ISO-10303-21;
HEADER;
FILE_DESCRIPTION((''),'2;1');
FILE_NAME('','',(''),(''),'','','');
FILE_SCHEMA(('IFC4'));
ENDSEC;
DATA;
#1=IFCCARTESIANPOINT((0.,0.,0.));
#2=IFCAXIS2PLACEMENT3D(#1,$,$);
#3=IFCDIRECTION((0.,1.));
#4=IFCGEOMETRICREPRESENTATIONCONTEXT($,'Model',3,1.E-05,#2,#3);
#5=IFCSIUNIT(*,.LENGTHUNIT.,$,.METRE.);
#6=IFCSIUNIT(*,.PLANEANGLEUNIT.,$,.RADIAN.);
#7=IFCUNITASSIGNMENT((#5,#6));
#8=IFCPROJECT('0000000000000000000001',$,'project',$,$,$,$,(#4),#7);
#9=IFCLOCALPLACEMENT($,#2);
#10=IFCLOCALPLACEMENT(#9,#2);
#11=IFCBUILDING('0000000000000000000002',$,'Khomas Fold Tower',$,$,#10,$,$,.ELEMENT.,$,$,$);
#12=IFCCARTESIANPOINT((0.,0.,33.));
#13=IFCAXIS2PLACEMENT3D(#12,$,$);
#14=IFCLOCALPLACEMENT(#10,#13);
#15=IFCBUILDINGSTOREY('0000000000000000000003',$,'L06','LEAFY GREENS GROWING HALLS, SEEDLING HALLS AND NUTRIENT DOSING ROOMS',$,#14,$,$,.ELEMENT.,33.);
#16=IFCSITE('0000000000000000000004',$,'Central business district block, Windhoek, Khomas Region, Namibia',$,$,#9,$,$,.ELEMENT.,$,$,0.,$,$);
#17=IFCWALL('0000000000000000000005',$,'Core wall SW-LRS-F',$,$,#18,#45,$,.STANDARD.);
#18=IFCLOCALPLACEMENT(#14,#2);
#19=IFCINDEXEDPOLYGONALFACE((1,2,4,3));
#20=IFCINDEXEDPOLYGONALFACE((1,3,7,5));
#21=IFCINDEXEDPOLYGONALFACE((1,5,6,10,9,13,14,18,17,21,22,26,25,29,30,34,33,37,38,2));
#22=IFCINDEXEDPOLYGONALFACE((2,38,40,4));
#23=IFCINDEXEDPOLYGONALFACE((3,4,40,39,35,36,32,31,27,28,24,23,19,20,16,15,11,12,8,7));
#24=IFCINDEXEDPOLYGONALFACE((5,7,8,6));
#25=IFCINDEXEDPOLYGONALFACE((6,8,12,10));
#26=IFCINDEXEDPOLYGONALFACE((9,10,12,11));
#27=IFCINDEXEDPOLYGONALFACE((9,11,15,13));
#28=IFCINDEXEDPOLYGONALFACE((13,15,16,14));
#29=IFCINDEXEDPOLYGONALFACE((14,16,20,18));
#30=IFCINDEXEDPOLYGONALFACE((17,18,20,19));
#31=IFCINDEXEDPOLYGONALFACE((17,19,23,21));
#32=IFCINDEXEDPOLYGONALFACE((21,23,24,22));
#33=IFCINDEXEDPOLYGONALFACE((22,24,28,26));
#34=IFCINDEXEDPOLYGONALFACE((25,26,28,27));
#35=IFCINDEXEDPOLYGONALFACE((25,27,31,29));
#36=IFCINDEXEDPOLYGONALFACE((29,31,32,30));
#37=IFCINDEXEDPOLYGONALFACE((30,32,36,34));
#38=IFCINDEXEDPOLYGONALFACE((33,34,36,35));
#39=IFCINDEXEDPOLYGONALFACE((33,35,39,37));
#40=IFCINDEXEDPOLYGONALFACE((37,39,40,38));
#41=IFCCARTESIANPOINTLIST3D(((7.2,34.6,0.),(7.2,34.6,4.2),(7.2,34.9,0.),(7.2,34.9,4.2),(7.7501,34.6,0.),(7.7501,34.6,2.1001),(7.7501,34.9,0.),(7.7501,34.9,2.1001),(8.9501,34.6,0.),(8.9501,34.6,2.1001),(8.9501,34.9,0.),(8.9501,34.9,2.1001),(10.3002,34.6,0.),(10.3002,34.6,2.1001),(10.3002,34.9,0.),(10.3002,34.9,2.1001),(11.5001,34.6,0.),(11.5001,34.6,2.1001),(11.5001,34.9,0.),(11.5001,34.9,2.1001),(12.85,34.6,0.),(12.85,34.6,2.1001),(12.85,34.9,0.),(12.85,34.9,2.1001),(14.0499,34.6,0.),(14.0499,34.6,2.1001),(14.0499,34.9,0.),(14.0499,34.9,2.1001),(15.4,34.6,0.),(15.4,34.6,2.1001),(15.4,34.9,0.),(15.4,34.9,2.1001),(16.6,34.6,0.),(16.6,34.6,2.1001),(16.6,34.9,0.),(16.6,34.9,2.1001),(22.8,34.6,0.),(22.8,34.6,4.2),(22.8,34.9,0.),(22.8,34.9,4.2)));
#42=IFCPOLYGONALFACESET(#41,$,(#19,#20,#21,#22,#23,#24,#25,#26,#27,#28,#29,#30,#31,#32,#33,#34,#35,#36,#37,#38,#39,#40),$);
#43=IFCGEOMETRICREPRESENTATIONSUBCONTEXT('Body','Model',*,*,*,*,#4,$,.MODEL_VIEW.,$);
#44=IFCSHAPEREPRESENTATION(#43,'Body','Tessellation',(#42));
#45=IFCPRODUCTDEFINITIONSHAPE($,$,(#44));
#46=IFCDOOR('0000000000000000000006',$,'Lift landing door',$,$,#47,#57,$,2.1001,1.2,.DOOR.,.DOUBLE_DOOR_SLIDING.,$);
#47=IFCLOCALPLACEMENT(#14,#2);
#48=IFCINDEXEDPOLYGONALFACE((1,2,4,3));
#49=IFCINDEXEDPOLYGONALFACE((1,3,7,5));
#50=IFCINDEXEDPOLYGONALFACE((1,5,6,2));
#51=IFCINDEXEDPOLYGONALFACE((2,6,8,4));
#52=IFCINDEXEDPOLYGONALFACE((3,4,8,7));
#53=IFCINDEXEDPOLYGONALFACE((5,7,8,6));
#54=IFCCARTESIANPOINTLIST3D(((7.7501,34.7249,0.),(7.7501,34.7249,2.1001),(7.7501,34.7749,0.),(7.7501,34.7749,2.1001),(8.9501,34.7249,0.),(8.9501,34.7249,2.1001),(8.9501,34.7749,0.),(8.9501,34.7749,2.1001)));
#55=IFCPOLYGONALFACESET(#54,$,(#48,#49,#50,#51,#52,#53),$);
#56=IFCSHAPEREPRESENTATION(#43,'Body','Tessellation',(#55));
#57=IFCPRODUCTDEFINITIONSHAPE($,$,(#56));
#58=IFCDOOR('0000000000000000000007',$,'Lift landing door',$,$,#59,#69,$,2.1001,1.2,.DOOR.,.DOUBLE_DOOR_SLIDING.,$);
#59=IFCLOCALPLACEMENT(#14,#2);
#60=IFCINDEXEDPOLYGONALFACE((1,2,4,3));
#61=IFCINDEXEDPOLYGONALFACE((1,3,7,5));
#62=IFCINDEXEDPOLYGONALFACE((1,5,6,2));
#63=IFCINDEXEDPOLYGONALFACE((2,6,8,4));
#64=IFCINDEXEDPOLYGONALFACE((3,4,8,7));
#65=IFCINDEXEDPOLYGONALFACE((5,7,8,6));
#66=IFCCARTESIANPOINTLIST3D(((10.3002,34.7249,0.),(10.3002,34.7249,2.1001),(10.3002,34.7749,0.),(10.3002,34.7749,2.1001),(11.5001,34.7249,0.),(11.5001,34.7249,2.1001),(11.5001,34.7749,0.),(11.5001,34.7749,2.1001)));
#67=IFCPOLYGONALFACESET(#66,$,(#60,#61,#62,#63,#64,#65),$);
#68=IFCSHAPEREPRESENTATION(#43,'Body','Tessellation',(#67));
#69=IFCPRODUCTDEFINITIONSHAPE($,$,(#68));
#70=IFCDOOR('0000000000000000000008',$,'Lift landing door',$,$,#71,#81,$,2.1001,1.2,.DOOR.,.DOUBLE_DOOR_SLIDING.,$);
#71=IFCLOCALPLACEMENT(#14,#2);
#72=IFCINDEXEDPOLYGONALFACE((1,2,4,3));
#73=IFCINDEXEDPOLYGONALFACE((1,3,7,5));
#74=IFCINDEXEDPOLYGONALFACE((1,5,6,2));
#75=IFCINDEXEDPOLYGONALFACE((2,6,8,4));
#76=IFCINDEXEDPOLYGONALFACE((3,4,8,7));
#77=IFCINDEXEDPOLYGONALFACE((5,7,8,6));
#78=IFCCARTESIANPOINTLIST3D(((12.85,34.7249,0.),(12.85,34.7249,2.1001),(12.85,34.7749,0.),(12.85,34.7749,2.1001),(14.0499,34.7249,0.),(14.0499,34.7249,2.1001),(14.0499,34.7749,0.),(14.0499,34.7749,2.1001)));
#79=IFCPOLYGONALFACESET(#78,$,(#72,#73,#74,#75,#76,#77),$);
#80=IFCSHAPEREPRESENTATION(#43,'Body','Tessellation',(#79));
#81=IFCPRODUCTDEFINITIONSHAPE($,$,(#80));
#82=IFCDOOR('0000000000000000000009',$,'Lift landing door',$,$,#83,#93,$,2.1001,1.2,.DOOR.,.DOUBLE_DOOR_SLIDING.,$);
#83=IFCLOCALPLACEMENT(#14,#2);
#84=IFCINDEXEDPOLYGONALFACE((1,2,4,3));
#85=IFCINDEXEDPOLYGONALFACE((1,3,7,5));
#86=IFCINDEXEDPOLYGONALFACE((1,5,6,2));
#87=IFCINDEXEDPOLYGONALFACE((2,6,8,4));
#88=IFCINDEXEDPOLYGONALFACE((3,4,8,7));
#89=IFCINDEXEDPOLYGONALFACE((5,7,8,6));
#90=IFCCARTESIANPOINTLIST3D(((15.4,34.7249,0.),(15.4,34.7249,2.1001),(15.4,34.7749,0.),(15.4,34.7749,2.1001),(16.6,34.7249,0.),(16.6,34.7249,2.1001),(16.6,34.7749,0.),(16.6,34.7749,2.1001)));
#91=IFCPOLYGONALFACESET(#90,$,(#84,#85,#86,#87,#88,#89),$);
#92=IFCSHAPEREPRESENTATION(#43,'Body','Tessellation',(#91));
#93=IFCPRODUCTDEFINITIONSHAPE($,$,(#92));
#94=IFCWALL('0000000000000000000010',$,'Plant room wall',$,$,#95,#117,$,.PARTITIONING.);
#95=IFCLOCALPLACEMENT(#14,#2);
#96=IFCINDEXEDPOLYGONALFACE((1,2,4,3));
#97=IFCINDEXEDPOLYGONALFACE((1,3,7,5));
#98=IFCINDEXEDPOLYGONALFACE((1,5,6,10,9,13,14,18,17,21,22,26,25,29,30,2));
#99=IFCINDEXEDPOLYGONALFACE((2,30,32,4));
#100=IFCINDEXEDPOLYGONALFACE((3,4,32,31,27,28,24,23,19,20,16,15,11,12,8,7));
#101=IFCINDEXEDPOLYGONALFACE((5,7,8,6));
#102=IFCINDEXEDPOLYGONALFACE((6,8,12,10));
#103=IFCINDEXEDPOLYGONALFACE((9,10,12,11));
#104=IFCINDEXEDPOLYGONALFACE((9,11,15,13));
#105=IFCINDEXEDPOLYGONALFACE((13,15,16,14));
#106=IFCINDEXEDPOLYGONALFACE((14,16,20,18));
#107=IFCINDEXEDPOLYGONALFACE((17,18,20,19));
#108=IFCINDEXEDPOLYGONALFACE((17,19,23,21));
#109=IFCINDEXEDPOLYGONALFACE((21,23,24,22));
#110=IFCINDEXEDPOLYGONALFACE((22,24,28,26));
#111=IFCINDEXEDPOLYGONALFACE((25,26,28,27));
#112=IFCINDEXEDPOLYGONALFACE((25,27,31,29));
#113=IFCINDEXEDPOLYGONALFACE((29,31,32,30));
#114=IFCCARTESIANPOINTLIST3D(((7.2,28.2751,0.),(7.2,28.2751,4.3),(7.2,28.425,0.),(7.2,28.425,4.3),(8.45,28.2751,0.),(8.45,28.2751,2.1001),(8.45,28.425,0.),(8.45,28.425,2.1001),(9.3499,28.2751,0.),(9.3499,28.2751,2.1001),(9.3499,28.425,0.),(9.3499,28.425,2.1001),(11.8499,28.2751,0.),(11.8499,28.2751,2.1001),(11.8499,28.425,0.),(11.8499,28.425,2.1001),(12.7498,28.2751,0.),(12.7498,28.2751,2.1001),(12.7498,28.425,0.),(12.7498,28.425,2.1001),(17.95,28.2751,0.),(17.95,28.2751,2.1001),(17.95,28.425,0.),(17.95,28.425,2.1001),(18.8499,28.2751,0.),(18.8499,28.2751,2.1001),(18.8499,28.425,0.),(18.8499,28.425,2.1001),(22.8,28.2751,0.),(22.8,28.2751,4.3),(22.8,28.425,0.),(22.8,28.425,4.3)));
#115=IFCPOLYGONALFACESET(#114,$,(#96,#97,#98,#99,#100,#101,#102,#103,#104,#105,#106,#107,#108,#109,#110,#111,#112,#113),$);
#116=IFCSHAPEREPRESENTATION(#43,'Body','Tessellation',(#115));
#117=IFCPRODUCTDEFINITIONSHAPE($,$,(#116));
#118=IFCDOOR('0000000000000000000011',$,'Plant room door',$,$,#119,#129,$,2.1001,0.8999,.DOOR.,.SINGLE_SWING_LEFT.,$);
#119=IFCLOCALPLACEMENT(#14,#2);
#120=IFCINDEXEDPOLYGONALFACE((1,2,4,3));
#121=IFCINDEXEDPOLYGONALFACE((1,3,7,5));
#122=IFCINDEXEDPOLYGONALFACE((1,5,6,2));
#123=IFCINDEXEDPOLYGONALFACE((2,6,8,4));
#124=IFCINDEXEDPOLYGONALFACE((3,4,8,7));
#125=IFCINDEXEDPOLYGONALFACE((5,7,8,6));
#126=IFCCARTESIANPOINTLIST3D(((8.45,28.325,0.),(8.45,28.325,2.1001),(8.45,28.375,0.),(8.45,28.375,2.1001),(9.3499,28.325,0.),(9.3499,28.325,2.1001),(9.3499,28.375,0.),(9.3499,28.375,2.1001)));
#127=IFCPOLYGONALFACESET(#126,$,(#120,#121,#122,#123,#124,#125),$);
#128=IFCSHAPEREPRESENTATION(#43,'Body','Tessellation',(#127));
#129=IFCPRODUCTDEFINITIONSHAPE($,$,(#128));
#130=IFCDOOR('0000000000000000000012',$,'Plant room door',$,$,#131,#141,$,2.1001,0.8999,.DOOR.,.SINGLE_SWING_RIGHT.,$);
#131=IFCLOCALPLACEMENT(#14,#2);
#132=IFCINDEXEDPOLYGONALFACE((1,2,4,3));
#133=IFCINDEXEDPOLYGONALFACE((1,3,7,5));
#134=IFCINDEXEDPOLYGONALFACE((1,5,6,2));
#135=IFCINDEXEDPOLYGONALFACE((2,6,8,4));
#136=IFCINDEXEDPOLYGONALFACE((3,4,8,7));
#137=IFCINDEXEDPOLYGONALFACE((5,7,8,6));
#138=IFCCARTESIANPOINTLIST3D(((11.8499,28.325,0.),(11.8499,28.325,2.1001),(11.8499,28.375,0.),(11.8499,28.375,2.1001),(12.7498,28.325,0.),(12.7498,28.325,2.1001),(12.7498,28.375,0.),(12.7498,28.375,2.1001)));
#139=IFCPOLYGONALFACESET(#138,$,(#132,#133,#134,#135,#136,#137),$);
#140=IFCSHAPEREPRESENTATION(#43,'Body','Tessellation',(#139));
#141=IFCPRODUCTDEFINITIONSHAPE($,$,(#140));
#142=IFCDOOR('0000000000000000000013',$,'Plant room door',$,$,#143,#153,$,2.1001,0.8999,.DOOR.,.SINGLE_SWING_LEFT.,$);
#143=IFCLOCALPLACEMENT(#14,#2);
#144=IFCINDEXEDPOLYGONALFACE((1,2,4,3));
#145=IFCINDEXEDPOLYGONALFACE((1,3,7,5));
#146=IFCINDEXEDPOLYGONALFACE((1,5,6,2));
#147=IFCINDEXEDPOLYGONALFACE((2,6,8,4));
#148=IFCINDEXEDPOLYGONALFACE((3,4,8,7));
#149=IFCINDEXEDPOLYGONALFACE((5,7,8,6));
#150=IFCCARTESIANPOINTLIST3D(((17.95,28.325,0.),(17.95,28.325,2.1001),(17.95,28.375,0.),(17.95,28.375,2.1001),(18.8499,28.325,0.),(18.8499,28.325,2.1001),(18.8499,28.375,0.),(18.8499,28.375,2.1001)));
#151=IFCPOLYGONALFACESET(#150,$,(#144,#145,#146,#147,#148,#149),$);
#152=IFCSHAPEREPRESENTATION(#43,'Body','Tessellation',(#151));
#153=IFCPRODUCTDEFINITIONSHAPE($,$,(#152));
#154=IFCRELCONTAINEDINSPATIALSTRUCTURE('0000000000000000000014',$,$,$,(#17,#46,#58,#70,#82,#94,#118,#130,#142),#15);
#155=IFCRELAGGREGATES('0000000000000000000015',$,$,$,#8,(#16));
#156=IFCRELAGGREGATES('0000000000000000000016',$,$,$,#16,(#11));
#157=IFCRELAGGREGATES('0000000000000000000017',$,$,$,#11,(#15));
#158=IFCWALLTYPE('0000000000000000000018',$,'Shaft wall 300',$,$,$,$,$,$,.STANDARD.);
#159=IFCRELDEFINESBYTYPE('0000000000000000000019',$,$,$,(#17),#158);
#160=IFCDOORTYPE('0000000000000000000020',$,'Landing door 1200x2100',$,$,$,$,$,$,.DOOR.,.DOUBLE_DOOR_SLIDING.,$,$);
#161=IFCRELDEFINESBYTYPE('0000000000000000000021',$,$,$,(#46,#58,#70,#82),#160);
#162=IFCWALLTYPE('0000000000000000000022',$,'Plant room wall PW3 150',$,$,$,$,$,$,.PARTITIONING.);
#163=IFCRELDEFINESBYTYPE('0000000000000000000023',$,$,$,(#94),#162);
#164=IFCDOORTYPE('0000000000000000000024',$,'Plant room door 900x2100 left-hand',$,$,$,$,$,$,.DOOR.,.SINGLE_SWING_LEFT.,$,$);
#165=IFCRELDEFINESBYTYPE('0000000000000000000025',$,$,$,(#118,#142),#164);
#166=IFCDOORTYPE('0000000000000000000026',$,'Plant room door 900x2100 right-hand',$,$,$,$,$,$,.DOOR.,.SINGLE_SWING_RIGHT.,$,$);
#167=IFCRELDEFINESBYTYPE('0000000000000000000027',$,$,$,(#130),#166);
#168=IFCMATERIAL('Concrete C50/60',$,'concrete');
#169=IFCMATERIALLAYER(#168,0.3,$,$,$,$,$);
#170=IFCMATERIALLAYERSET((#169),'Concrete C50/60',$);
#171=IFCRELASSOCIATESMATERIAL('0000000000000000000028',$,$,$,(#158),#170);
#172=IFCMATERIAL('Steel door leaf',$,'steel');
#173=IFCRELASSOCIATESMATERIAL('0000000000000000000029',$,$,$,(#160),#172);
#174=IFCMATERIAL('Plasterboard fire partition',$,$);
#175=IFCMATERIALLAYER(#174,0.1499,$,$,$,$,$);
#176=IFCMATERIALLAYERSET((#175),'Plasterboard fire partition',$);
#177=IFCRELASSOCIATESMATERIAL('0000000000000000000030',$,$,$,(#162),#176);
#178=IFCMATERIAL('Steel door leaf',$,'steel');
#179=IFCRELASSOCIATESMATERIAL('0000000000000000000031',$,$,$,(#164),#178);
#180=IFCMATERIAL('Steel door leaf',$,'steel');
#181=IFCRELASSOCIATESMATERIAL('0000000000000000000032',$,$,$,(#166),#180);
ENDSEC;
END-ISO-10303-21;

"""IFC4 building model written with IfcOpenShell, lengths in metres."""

from ifc_helpers import new_model, si_unit, direction, frame, frame_2d, origin, place, context, subcontext, project, spatial, rectangle, extrude, source, transform, mapped, material, layer, layer_set, type_object, element, fill, save


model = new_model("IFC4")

# Units and contexts
model_context = context("Model", 3, precision=1e-05, world=origin(), true_north=direction((0.0, 1.0)))
body_context = subcontext(model_context, "Body", "Model", "MODEL_VIEW")
ifc_project = project(units=[si_unit("LENGTHUNIT", "METRE"), si_unit("PLANEANGLEUNIT", "RADIAN")], contexts=[model_context])

# Site, building, storey
site_placement = place(None, origin())
site = spatial("IfcSite", under=ifc_project, at=site_placement, Name="Central business district block, Windhoek, Khomas Region, Namibia", CompositionType="ELEMENT", RefElevation=0.0)
building_placement = place(site_placement, origin())
building = spatial("IfcBuilding", under=site, at=building_placement, Name="Khomas Fold Tower", CompositionType="ELEMENT")
storey_placement = place(building_placement, frame((0.0, 0.0, 33.0)))
storey = spatial("IfcBuildingStorey", under=building, at=storey_placement, Name="L06", Description="LEAFY GREENS GROWING HALLS, SEEDLING HALLS AND NUTRIENT DOSING ROOMS", CompositionType="ELEMENT", Elevation=33.0)

# Shared definitions
ifc_material_1 = material(Name="Concrete C50/60", Category="concrete")
ifc_layer_1 = layer(ifc_material_1, 0.3)
ifc_layer_set_1 = layer_set([ifc_layer_1], Name="Concrete C50/60")
wall_type_1 = type_object("IfcWallType", Name="Shaft wall 300", PredefinedType="STANDARD", material=ifc_layer_set_1)
shared_shape_1 = source(origin(), body_context, "Body", "SweptSolid", [
    extrude(rectangle(XDim=15.6001, YDim=0.3, at=frame_2d((7.8, 0.0))), origin(), (0.0, 0.0, 1.0), 4.2),
])

# Walls, openings, doors
wall_1_placement = place(storey_placement, frame((7.2, 34.75, 0.0), z_axis=(0.0, 0.0, 1.0), x_axis=(1.0, 0.0, 0.0)))
wall_1 = element("IfcWall", 1, at=wall_1_placement, inside=storey, type_object=wall_type_1, Name="Core wall SW-LRS-F", PredefinedType="STANDARD", context=body_context, shape_type="MappedRepresentation", body=[
    mapped(shared_shape_1, transform((0.0, 0.0, 0.0))),
])
shared_shape_2 = source(origin(), body_context, "Body", "SweptSolid", [
    extrude(rectangle(XDim=1.2, YDim=2.1001, at=frame_2d((0.6001, 1.05))), frame((0.0, 0.1599, 0.0), z_axis=(0.0, -1.0, 0.0), x_axis=(1.0, 0.0, 0.0)), (0.0, 0.0, 1.0), 0.3201),
])
opening_1_placement = place(wall_1_placement, frame((0.55, 0.0, 0.0)))
opening_1 = element("IfcOpeningElement", 2, at=opening_1_placement, cuts=wall_1, PredefinedType="OPENING", context=body_context, shape_type="MappedRepresentation", body=[
    mapped(shared_shape_2, transform((0.0, 0.0, 0.0))),
])
opening_2_placement = place(wall_1_placement, frame((3.1001, 0.0, 0.0)))
opening_2 = element("IfcOpeningElement", 3, at=opening_2_placement, cuts=wall_1, PredefinedType="OPENING", context=body_context, shape_type="MappedRepresentation", body=[
    mapped(shared_shape_2, transform((0.0, 0.0, 0.0))),
])
opening_3_placement = place(wall_1_placement, frame((5.6499, 0.0, 0.0)))
opening_3 = element("IfcOpeningElement", 4, at=opening_3_placement, cuts=wall_1, PredefinedType="OPENING", context=body_context, shape_type="MappedRepresentation", body=[
    mapped(shared_shape_2, transform((0.0, 0.0, 0.0))),
])
opening_4_placement = place(wall_1_placement, frame((8.2, 0.0, 0.0)))
opening_4 = element("IfcOpeningElement", 5, at=opening_4_placement, cuts=wall_1, PredefinedType="OPENING", context=body_context, shape_type="MappedRepresentation", body=[
    mapped(shared_shape_2, transform((0.0, 0.0, 0.0))),
])
ifc_material_2 = material(Name="Steel door leaf", Category="steel")
door_type_1 = type_object("IfcDoorType", Name="Landing door 1200x2100", OperationType="DOUBLE_DOOR_SLIDING", PredefinedType="DOOR", material=ifc_material_2)
shared_shape_3 = source(origin(), body_context, "Body", "SweptSolid", [
    extrude(rectangle(XDim=1.2, YDim=2.1001, at=frame_2d((0.6001, 1.05))), frame((0.0, 0.0249, 0.0), z_axis=(0.0, -1.0, 0.0), x_axis=(1.0, 0.0, 0.0)), (0.0, 0.0, 1.0), 0.05),
])
door_1_placement = place(opening_1_placement, origin())
door_1 = element("IfcDoor", 6, at=door_1_placement, inside=storey, type_object=door_type_1, Name="Lift landing door", OperationType="DOUBLE_DOOR_SLIDING", OverallHeight=2.1001, OverallWidth=1.2, PredefinedType="DOOR", context=body_context, shape_type="MappedRepresentation", body=[
    mapped(shared_shape_3, transform((0.0, 0.0, 0.0))),
])
fill(opening_1, door_1)
door_2_placement = place(opening_2_placement, origin())
door_2 = element("IfcDoor", 7, at=door_2_placement, inside=storey, type_object=door_type_1, Name="Lift landing door", OperationType="DOUBLE_DOOR_SLIDING", OverallHeight=2.1001, OverallWidth=1.2, PredefinedType="DOOR", context=body_context, shape_type="MappedRepresentation", body=[
    mapped(shared_shape_3, transform((0.0, 0.0, 0.0))),
])
fill(opening_2, door_2)
door_3_placement = place(opening_3_placement, origin())
door_3 = element("IfcDoor", 8, at=door_3_placement, inside=storey, type_object=door_type_1, Name="Lift landing door", OperationType="DOUBLE_DOOR_SLIDING", OverallHeight=2.1001, OverallWidth=1.2, PredefinedType="DOOR", context=body_context, shape_type="MappedRepresentation", body=[
    mapped(shared_shape_3, transform((0.0, 0.0, 0.0))),
])
fill(opening_3, door_3)
door_4_placement = place(opening_4_placement, origin())
door_4 = element("IfcDoor", 9, at=door_4_placement, inside=storey, type_object=door_type_1, Name="Lift landing door", OperationType="DOUBLE_DOOR_SLIDING", OverallHeight=2.1001, OverallWidth=1.2, PredefinedType="DOOR", context=body_context, shape_type="MappedRepresentation", body=[
    mapped(shared_shape_3, transform((0.0, 0.0, 0.0))),
])
fill(opening_4, door_4)
ifc_material_3 = material(Name="Plasterboard fire partition")
ifc_layer_2 = layer(ifc_material_3, 0.1499)
ifc_layer_set_2 = layer_set([ifc_layer_2], Name="Plasterboard fire partition")
wall_type_2 = type_object("IfcWallType", Name="Plant room wall PW3 150", PredefinedType="PARTITIONING", material=ifc_layer_set_2)
shared_shape_4 = source(origin(), body_context, "Body", "SweptSolid", [
    extrude(rectangle(XDim=15.6001, YDim=0.1499, at=frame_2d((7.8, 0.0))), origin(), (0.0, 0.0, 1.0), 4.3),
])
wall_2_placement = place(storey_placement, frame((7.2, 28.3501, 0.0), z_axis=(0.0, 0.0, 1.0), x_axis=(1.0, 0.0, 0.0)))
wall_2 = element("IfcWall", 10, at=wall_2_placement, inside=storey, type_object=wall_type_2, Name="Plant room wall", PredefinedType="PARTITIONING", context=body_context, shape_type="MappedRepresentation", body=[
    mapped(shared_shape_4, transform((0.0, 0.0, 0.0))),
])
shared_shape_5 = source(origin(), body_context, "Body", "SweptSolid", [
    extrude(rectangle(XDim=0.8999, YDim=2.1001, at=frame_2d((0.45, 1.05))), frame((0.0, 0.085, 0.0), z_axis=(0.0, -1.0, 0.0), x_axis=(1.0, 0.0, 0.0)), (0.0, 0.0, 1.0), 0.1699),
])
opening_5_placement = place(wall_2_placement, frame((1.25, 0.0, 0.0)))
opening_5 = element("IfcOpeningElement", 11, at=opening_5_placement, cuts=wall_2, PredefinedType="OPENING", context=body_context, shape_type="MappedRepresentation", body=[
    mapped(shared_shape_5, transform((0.0, 0.0, 0.0))),
])
opening_6_placement = place(wall_2_placement, frame((4.6499, 0.0, 0.0)))
opening_6 = element("IfcOpeningElement", 12, at=opening_6_placement, cuts=wall_2, PredefinedType="OPENING", context=body_context, shape_type="MappedRepresentation", body=[
    mapped(shared_shape_5, transform((0.0, 0.0, 0.0))),
])
opening_7_placement = place(wall_2_placement, frame((10.75, 0.0, 0.0)))
opening_7 = element("IfcOpeningElement", 13, at=opening_7_placement, cuts=wall_2, PredefinedType="OPENING", context=body_context, shape_type="MappedRepresentation", body=[
    mapped(shared_shape_5, transform((0.0, 0.0, 0.0))),
])
ifc_material_4 = material(Name="Steel door leaf", Category="steel")
door_type_2 = type_object("IfcDoorType", Name="Plant room door 900x2100 left-hand", OperationType="SINGLE_SWING_LEFT", PredefinedType="DOOR", material=ifc_material_4)
shared_shape_6 = source(origin(), body_context, "Body", "SweptSolid", [
    extrude(rectangle(XDim=0.8999, YDim=2.1001, at=frame_2d((0.45, 1.05))), frame((0.0, 0.0249, 0.0), z_axis=(0.0, -1.0, 0.0), x_axis=(1.0, 0.0, 0.0)), (0.0, 0.0, 1.0), 0.05),
])
door_5_placement = place(opening_5_placement, origin())
door_5 = element("IfcDoor", 14, at=door_5_placement, inside=storey, type_object=door_type_2, Name="Plant room door", OperationType="SINGLE_SWING_LEFT", OverallHeight=2.1001, OverallWidth=0.8999, PredefinedType="DOOR", context=body_context, shape_type="MappedRepresentation", body=[
    mapped(shared_shape_6, transform((0.0, 0.0, 0.0))),
])
fill(opening_5, door_5)
ifc_material_5 = material(Name="Steel door leaf", Category="steel")
door_type_3 = type_object("IfcDoorType", Name="Plant room door 900x2100 right-hand", OperationType="SINGLE_SWING_RIGHT", PredefinedType="DOOR", material=ifc_material_5)
door_6_placement = place(opening_6_placement, origin())
door_6 = element("IfcDoor", 15, at=door_6_placement, inside=storey, type_object=door_type_3, Name="Plant room door", OperationType="SINGLE_SWING_RIGHT", OverallHeight=2.1001, OverallWidth=0.8999, PredefinedType="DOOR", context=body_context, shape_type="MappedRepresentation", body=[
    mapped(shared_shape_6, transform((0.0, 0.0, 0.0))),
])
fill(opening_6, door_6)
door_7_placement = place(opening_7_placement, origin())
door_7 = element("IfcDoor", 16, at=door_7_placement, inside=storey, type_object=door_type_2, Name="Plant room door", OperationType="SINGLE_SWING_LEFT", OverallHeight=2.1001, OverallWidth=0.8999, PredefinedType="DOOR", context=body_context, shape_type="MappedRepresentation", body=[
    mapped(shared_shape_6, transform((0.0, 0.0, 0.0))),
])
fill(opening_7, door_7)

save(model, "model.ifc")
